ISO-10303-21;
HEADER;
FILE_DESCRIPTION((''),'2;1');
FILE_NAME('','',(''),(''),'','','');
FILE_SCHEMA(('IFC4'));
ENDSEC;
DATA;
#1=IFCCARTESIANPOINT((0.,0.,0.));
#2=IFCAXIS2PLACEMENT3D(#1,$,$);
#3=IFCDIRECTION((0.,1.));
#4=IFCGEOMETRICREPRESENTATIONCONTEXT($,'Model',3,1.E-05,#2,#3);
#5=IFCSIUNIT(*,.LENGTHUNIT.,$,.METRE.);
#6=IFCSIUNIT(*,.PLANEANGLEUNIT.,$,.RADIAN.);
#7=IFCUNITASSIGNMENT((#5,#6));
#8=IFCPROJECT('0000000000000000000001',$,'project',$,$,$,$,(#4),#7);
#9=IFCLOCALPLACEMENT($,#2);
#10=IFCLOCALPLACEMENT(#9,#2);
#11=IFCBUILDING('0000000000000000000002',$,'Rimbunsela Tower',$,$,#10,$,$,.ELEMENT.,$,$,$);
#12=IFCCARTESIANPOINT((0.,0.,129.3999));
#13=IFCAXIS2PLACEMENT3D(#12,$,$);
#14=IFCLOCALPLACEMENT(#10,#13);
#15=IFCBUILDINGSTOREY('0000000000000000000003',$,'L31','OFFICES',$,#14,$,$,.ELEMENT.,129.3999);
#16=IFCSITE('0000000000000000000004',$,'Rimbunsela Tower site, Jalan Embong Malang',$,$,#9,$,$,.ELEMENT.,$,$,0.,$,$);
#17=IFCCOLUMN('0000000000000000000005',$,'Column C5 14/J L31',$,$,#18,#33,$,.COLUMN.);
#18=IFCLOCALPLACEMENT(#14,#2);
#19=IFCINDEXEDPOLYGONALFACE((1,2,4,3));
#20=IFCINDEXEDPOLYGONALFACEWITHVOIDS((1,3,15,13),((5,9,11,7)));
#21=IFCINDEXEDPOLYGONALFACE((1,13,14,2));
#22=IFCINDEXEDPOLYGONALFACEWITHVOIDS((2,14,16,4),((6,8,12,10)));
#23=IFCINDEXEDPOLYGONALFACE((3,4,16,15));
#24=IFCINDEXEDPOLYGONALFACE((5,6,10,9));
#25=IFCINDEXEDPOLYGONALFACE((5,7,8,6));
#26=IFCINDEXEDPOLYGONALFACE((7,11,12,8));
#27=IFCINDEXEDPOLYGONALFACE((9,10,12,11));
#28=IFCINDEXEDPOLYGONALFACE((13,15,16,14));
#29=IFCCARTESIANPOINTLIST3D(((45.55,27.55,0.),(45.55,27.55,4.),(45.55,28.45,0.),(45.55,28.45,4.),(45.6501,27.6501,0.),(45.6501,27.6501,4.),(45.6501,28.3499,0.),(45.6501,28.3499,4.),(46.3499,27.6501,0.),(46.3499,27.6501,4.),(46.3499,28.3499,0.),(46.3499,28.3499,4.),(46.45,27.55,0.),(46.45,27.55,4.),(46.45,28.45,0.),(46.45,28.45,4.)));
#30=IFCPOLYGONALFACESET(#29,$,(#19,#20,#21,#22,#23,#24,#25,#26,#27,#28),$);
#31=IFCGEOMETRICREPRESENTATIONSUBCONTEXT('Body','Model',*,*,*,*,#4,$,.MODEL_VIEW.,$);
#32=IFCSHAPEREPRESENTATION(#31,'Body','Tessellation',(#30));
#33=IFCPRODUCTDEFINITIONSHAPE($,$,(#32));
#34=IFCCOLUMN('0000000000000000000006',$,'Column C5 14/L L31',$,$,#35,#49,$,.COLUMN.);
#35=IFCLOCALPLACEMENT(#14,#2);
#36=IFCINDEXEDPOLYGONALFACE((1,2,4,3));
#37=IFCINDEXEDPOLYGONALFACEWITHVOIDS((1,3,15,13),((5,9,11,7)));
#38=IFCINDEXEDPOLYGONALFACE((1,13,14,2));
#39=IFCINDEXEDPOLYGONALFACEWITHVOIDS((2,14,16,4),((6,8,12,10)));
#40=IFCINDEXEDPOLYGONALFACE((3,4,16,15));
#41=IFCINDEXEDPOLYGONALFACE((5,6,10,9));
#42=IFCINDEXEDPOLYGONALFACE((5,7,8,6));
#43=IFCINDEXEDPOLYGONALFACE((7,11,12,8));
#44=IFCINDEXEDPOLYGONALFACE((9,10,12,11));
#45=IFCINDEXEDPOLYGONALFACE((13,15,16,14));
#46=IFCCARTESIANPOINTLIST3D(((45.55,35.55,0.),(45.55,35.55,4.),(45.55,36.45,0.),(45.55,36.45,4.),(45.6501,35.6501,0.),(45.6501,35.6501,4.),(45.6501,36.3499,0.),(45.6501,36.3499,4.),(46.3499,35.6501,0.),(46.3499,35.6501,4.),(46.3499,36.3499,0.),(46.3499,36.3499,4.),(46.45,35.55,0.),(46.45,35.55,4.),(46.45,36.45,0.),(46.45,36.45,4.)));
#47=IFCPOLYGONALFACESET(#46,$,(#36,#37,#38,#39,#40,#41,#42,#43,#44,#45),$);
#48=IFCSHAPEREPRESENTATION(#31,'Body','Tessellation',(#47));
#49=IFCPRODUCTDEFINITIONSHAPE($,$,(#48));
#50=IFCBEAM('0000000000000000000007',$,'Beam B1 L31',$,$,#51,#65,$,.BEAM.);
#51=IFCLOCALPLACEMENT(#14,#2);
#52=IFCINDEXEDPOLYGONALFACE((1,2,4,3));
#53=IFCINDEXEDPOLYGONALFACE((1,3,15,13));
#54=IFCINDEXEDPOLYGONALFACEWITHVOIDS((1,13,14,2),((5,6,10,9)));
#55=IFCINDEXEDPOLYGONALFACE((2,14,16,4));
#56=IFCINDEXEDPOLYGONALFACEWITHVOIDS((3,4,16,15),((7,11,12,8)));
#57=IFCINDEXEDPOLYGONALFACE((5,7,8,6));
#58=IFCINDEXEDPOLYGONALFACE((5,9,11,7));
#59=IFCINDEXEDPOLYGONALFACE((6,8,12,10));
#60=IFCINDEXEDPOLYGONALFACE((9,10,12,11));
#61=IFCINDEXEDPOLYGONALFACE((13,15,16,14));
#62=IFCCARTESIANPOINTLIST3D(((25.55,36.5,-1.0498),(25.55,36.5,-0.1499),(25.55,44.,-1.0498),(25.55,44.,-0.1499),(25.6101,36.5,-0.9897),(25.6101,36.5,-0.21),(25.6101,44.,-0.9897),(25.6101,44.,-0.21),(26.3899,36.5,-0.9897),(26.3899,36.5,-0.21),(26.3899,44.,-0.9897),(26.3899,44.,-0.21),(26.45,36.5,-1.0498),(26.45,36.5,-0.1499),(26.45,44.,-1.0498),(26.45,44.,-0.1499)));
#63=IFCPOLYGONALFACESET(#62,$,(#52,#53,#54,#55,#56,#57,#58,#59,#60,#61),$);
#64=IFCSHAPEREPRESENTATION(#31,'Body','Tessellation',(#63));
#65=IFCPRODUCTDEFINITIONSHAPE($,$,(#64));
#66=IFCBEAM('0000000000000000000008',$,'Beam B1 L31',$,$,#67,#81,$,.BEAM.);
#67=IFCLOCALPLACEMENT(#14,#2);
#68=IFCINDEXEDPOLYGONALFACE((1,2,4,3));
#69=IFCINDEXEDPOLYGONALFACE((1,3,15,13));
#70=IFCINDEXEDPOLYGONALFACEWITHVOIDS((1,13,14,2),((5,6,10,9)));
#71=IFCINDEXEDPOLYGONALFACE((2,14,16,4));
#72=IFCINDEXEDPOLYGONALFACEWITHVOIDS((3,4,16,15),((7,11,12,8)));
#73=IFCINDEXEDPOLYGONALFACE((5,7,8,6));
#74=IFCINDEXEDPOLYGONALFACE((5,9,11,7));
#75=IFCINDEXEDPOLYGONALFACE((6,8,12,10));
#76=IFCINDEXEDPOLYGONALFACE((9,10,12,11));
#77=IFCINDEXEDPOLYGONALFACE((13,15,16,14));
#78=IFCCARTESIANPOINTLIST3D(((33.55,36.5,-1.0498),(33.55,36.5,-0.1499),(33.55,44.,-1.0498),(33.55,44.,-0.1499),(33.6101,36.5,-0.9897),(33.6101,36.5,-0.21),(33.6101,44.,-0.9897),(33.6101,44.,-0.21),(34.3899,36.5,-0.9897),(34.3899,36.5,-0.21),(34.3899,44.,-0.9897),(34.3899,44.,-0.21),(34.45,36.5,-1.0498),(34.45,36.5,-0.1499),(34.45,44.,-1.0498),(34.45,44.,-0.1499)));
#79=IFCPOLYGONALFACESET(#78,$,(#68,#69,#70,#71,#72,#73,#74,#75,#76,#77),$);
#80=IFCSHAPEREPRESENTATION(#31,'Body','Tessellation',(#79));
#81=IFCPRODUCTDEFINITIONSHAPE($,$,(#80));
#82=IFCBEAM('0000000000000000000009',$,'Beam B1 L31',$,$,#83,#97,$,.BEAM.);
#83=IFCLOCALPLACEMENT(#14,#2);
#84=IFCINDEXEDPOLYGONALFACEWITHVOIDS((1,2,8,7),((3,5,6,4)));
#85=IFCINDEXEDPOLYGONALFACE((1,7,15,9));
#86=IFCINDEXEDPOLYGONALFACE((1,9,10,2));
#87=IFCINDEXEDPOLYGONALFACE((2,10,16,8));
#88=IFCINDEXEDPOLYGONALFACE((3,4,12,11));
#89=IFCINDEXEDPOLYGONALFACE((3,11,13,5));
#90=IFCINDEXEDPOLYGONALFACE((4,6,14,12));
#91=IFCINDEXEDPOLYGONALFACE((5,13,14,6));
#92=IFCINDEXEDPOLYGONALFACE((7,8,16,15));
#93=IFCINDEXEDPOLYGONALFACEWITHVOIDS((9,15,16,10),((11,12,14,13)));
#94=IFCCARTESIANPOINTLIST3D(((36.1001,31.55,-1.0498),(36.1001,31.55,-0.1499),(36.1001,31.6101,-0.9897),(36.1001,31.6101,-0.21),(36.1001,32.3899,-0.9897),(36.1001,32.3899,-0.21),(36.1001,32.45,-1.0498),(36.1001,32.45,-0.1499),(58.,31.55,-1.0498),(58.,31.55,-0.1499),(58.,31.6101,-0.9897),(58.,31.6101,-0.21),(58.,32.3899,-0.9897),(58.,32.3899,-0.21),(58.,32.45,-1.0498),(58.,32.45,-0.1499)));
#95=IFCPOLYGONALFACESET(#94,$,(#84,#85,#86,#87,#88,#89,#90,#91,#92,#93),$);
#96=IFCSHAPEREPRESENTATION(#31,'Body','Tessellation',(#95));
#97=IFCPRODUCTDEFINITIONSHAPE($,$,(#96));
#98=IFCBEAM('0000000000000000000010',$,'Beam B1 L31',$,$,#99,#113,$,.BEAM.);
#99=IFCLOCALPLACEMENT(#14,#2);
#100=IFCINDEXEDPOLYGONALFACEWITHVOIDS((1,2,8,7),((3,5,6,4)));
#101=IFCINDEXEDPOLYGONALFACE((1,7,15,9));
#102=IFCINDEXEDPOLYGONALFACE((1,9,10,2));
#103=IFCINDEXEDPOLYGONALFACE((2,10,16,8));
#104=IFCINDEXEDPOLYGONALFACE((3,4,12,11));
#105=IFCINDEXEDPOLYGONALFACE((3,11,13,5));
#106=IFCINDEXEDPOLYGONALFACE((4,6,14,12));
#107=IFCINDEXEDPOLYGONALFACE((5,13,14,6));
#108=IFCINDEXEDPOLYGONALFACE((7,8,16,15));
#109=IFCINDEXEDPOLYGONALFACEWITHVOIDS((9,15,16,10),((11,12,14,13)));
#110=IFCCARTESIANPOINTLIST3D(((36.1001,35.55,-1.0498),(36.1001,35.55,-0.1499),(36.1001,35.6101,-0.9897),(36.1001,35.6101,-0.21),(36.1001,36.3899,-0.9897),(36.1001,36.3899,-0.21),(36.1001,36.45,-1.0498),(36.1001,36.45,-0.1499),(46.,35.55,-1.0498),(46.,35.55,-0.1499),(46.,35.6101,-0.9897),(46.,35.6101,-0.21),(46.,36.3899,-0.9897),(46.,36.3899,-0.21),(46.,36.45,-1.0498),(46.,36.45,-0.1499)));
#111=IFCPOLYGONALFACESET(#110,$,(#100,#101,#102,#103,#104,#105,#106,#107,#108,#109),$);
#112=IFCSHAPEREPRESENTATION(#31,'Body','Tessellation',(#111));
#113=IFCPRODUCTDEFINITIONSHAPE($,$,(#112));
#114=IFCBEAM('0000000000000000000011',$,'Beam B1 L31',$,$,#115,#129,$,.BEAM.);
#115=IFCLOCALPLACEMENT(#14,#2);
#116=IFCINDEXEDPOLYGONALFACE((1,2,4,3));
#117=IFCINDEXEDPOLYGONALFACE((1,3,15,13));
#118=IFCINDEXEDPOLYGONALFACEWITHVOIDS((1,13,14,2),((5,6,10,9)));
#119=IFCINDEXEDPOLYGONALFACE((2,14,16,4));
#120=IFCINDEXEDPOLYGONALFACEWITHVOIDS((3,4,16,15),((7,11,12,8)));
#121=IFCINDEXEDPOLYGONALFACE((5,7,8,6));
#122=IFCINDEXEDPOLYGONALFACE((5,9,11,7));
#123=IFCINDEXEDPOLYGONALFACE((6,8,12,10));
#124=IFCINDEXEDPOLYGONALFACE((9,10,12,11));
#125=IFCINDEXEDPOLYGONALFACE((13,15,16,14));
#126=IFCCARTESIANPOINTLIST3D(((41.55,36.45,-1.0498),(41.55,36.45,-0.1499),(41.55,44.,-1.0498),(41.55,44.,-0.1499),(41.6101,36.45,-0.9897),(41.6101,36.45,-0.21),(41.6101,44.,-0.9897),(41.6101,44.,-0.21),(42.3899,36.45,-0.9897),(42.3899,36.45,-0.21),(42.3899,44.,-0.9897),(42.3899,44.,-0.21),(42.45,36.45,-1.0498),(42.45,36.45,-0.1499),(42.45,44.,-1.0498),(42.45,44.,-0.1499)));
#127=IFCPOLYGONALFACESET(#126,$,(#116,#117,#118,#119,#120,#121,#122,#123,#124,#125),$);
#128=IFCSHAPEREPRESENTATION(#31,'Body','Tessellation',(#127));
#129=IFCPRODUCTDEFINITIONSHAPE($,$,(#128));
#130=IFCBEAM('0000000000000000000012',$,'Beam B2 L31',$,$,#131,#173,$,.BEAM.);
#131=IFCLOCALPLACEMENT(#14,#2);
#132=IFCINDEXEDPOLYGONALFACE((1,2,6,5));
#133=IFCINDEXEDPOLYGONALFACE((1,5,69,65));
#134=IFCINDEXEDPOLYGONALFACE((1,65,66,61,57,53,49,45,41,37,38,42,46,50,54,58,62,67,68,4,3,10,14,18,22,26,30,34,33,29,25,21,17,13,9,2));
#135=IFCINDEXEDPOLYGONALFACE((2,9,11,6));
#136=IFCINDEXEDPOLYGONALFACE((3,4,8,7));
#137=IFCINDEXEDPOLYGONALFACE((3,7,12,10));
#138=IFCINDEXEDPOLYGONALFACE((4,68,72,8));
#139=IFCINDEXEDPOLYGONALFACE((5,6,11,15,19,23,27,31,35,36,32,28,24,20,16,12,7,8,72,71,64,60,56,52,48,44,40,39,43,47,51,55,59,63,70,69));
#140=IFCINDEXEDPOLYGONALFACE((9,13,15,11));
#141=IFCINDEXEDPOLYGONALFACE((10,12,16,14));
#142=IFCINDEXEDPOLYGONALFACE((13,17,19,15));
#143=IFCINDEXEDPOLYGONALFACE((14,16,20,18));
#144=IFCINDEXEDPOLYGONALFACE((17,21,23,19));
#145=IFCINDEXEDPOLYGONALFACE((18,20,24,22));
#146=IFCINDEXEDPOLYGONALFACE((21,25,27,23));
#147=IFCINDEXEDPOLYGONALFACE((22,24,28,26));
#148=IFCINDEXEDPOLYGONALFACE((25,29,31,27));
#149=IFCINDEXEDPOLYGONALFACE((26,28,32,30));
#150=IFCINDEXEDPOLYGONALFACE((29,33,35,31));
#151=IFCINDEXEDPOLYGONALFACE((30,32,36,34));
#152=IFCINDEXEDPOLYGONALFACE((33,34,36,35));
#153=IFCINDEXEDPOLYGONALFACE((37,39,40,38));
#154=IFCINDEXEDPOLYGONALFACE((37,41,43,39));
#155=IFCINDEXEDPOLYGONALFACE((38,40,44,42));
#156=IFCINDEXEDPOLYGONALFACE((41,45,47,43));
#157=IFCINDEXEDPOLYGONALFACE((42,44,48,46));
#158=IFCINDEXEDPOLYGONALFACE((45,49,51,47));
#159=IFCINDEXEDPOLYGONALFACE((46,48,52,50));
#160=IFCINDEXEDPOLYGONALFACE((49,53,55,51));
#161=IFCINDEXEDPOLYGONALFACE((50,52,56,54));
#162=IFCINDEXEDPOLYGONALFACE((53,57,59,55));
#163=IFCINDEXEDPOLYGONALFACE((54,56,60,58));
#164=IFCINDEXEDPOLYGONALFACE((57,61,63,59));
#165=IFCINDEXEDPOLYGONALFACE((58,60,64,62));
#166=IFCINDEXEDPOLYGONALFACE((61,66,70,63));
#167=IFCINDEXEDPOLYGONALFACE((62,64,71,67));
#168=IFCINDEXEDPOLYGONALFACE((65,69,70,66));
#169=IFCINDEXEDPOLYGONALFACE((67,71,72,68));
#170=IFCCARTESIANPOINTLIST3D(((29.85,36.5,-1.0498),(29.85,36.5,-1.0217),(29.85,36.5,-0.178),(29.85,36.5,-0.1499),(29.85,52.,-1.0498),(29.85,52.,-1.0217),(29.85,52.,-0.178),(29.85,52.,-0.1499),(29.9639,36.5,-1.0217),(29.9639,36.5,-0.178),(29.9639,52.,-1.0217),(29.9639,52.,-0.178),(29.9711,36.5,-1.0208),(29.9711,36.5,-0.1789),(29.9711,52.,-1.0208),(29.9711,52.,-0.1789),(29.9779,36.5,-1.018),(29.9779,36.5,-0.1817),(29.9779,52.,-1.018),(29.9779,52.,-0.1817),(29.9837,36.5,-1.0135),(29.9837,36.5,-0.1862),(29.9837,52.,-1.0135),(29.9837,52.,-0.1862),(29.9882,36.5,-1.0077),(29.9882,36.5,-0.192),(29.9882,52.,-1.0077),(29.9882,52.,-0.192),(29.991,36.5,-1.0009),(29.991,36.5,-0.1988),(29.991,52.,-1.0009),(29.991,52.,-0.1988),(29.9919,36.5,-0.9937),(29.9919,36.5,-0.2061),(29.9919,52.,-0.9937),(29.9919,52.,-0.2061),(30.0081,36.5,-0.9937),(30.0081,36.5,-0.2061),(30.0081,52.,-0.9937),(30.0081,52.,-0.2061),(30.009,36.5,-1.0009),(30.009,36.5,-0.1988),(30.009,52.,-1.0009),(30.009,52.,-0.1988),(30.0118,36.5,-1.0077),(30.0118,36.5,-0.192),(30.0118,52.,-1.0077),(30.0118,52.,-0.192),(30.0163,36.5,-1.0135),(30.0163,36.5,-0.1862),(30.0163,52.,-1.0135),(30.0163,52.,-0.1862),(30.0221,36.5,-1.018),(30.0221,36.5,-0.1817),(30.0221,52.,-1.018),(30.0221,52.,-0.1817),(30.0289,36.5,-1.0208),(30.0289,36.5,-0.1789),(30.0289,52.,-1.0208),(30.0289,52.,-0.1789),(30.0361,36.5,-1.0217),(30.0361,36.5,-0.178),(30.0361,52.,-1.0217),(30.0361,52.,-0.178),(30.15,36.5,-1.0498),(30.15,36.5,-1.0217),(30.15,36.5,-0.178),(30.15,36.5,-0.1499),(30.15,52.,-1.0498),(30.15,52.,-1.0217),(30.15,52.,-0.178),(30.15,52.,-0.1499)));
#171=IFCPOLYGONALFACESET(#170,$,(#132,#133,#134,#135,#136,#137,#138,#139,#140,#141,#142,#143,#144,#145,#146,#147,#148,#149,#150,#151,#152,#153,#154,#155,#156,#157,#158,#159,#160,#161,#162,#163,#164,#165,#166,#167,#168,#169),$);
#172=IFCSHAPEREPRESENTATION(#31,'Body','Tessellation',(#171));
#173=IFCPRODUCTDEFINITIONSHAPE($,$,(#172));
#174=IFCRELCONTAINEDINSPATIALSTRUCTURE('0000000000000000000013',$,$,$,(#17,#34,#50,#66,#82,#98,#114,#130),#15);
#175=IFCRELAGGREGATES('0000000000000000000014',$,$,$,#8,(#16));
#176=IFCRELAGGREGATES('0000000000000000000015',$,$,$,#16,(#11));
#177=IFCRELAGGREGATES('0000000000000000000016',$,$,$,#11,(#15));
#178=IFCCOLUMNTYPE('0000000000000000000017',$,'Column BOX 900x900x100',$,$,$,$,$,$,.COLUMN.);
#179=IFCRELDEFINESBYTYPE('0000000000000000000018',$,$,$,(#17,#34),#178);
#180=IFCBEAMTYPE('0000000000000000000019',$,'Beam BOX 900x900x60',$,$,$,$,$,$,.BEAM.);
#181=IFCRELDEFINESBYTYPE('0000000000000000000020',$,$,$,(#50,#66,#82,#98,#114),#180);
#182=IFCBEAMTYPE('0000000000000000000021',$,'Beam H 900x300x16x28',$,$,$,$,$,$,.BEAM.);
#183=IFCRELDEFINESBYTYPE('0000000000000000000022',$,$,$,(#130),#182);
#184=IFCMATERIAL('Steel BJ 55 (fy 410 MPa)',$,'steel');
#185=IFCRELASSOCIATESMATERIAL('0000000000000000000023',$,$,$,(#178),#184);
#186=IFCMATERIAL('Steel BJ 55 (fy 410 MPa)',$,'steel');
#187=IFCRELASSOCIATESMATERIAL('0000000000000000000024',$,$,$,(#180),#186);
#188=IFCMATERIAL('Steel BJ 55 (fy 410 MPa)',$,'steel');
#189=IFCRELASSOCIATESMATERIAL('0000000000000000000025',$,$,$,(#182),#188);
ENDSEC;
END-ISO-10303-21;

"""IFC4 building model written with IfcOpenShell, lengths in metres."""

from ifc_helpers import new_model, si_unit, direction, frame, origin, origin_2d, place, context, subcontext, project, spatial, hollow_rectangle, i_section, extrude, material, material_profile, profile_set, type_object, element, save


model = new_model("IFC4")

# Units and contexts
model_context = context("Model", 3, precision=1e-05, world=origin(), true_north=direction((0.0, 1.0)))
body_context = subcontext(model_context, "Body", "Model", "MODEL_VIEW")
ifc_project = project(units=[si_unit("LENGTHUNIT", "METRE"), si_unit("PLANEANGLEUNIT", "RADIAN")], contexts=[model_context])

# Site, building, storey
site_placement = place(None, origin())
site = spatial("IfcSite", under=ifc_project, at=site_placement, Name="Rimbunsela Tower site, Jalan Embong Malang", CompositionType="ELEMENT", RefElevation=0.0)
building_placement = place(site_placement, origin())
building = spatial("IfcBuilding", under=site, at=building_placement, Name="Rimbunsela Tower", CompositionType="ELEMENT")
storey_placement = place(building_placement, frame((0.0, 0.0, 129.3999)))
storey = spatial("IfcBuildingStorey", under=building, at=storey_placement, Name="L31", Description="OFFICES", CompositionType="ELEMENT", Elevation=129.3999)

# Columns
ifc_material_1 = material(Name="Steel BJ 55 (fy 410 MPa)", Category="steel")
ifc_material_profile_1 = material_profile(ifc_material_1, hollow_rectangle(XDim=0.8999, YDim=0.8999, WallThickness=0.1001, at=origin_2d()), Name="BOX 900x900x100")
ifc_profile_set_1 = profile_set([ifc_material_profile_1], Name="Steel BJ 55 (fy 410 MPa)")
column_type = type_object("IfcColumnType", Name="Column BOX 900x900x100", PredefinedType="COLUMN", material=ifc_profile_set_1)
for number, where, z_axis, x_axis, name in (
    (1, (46.0, 28.0, 0.0), (0.0, 0.0, 1.0), (1.0, 0.0, 0.0), "Column C5 14/J L31"),
    (2, (46.0, 36.0, 0.0), (0.0, 0.0, 1.0), (1.0, 0.0, 0.0), "Column C5 14/L L31"),
):
    element("IfcColumn", number, at=place(storey_placement, frame(where, z_axis=z_axis, x_axis=x_axis)), inside=storey, type_object=column_type, Name=name, PredefinedType="COLUMN", context=body_context, shape_type="SweptSolid", body=[
        extrude(hollow_rectangle(XDim=0.8999, YDim=0.8999, WallThickness=0.1001, at=origin_2d()), origin(), (0.0, 0.0, 1.0), 4.0),
    ])

# Beams
ifc_material_2 = material(Name="Steel BJ 55 (fy 410 MPa)", Category="steel")
ifc_material_profile_2 = material_profile(ifc_material_2, hollow_rectangle(XDim=0.8999, YDim=0.8999, WallThickness=0.0601, at=origin_2d()), Name="BOX 900x900x60")
ifc_profile_set_2 = profile_set([ifc_material_profile_2], Name="Steel BJ 55 (fy 410 MPa)")
beam_type_1 = type_object("IfcBeamType", Name="Beam BOX 900x900x60", PredefinedType="BEAM", material=ifc_profile_set_2)
for number, where, z_axis, x_axis, name in (
    (3, (26.0, 36.5, -0.5999), (0.0, 1.0, 0.0), (-1.0, 0.0, 0.0), "Beam B1 L31"),
    (4, (34.0, 36.5, -0.5999), (0.0, 1.0, 0.0), (-1.0, 0.0, 0.0), "Beam B1 L31"),
):
    element("IfcBeam", number, at=place(storey_placement, frame(where, z_axis=z_axis, x_axis=x_axis)), inside=storey, type_object=beam_type_1, Name=name, PredefinedType="BEAM", context=body_context, shape_type="SweptSolid", body=[
        extrude(hollow_rectangle(XDim=0.8999, YDim=0.8999, WallThickness=0.0601, at=origin_2d()), origin(), (0.0, 0.0, 1.0), 7.5),
    ])
beam_1_placement = place(storey_placement, frame((36.1001, 32.0, -0.5999), z_axis=(1.0, 0.0, 0.0), x_axis=(0.0, 1.0, 0.0)))
element("IfcBeam", 5, at=beam_1_placement, inside=storey, type_object=beam_type_1, Name="Beam B1 L31", PredefinedType="BEAM", context=body_context, shape_type="SweptSolid", body=[
    extrude(hollow_rectangle(XDim=0.8999, YDim=0.8999, WallThickness=0.0601, at=origin_2d()), origin(), (0.0, 0.0, 1.0), 21.8999),
])
beam_2_placement = place(storey_placement, frame((36.1001, 36.0, -0.5999), z_axis=(1.0, 0.0, 0.0), x_axis=(0.0, 1.0, 0.0)))
element("IfcBeam", 6, at=beam_2_placement, inside=storey, type_object=beam_type_1, Name="Beam B1 L31", PredefinedType="BEAM", context=body_context, shape_type="SweptSolid", body=[
    extrude(hollow_rectangle(XDim=0.8999, YDim=0.8999, WallThickness=0.0601, at=origin_2d()), origin(), (0.0, 0.0, 1.0), 9.8999),
])
beam_3_placement = place(storey_placement, frame((42.0, 36.45, -0.5999), z_axis=(0.0, 1.0, 0.0), x_axis=(-1.0, 0.0, 0.0)))
element("IfcBeam", 7, at=beam_3_placement, inside=storey, type_object=beam_type_1, Name="Beam B1 L31", PredefinedType="BEAM", context=body_context, shape_type="SweptSolid", body=[
    extrude(hollow_rectangle(XDim=0.8999, YDim=0.8999, WallThickness=0.0601, at=origin_2d()), origin(), (0.0, 0.0, 1.0), 7.55),
])
ifc_material_3 = material(Name="Steel BJ 55 (fy 410 MPa)", Category="steel")
ifc_material_profile_3 = material_profile(ifc_material_3, i_section(OverallWidth=0.3, OverallDepth=0.8999, WebThickness=0.0161, FlangeThickness=0.0281, FilletRadius=0.0281, at=origin_2d()), Name="H 900x300x16x28")
ifc_profile_set_3 = profile_set([ifc_material_profile_3], Name="Steel BJ 55 (fy 410 MPa)")
beam_type_2 = type_object("IfcBeamType", Name="Beam H 900x300x16x28", PredefinedType="BEAM", material=ifc_profile_set_3)
beam_4_placement = place(storey_placement, frame((30.0, 36.5, -0.5999), z_axis=(0.0, 1.0, 0.0), x_axis=(-1.0, 0.0, 0.0)))
element("IfcBeam", 8, at=beam_4_placement, inside=storey, type_object=beam_type_2, Name="Beam B2 L31", PredefinedType="BEAM", context=body_context, shape_type="SweptSolid", body=[
    extrude(i_section(OverallWidth=0.3, OverallDepth=0.8999, WebThickness=0.0161, FlangeThickness=0.0281, FilletRadius=0.0281, at=origin_2d()), origin(), (0.0, 0.0, 1.0), 15.5),
])

save(model, "model.ifc")
